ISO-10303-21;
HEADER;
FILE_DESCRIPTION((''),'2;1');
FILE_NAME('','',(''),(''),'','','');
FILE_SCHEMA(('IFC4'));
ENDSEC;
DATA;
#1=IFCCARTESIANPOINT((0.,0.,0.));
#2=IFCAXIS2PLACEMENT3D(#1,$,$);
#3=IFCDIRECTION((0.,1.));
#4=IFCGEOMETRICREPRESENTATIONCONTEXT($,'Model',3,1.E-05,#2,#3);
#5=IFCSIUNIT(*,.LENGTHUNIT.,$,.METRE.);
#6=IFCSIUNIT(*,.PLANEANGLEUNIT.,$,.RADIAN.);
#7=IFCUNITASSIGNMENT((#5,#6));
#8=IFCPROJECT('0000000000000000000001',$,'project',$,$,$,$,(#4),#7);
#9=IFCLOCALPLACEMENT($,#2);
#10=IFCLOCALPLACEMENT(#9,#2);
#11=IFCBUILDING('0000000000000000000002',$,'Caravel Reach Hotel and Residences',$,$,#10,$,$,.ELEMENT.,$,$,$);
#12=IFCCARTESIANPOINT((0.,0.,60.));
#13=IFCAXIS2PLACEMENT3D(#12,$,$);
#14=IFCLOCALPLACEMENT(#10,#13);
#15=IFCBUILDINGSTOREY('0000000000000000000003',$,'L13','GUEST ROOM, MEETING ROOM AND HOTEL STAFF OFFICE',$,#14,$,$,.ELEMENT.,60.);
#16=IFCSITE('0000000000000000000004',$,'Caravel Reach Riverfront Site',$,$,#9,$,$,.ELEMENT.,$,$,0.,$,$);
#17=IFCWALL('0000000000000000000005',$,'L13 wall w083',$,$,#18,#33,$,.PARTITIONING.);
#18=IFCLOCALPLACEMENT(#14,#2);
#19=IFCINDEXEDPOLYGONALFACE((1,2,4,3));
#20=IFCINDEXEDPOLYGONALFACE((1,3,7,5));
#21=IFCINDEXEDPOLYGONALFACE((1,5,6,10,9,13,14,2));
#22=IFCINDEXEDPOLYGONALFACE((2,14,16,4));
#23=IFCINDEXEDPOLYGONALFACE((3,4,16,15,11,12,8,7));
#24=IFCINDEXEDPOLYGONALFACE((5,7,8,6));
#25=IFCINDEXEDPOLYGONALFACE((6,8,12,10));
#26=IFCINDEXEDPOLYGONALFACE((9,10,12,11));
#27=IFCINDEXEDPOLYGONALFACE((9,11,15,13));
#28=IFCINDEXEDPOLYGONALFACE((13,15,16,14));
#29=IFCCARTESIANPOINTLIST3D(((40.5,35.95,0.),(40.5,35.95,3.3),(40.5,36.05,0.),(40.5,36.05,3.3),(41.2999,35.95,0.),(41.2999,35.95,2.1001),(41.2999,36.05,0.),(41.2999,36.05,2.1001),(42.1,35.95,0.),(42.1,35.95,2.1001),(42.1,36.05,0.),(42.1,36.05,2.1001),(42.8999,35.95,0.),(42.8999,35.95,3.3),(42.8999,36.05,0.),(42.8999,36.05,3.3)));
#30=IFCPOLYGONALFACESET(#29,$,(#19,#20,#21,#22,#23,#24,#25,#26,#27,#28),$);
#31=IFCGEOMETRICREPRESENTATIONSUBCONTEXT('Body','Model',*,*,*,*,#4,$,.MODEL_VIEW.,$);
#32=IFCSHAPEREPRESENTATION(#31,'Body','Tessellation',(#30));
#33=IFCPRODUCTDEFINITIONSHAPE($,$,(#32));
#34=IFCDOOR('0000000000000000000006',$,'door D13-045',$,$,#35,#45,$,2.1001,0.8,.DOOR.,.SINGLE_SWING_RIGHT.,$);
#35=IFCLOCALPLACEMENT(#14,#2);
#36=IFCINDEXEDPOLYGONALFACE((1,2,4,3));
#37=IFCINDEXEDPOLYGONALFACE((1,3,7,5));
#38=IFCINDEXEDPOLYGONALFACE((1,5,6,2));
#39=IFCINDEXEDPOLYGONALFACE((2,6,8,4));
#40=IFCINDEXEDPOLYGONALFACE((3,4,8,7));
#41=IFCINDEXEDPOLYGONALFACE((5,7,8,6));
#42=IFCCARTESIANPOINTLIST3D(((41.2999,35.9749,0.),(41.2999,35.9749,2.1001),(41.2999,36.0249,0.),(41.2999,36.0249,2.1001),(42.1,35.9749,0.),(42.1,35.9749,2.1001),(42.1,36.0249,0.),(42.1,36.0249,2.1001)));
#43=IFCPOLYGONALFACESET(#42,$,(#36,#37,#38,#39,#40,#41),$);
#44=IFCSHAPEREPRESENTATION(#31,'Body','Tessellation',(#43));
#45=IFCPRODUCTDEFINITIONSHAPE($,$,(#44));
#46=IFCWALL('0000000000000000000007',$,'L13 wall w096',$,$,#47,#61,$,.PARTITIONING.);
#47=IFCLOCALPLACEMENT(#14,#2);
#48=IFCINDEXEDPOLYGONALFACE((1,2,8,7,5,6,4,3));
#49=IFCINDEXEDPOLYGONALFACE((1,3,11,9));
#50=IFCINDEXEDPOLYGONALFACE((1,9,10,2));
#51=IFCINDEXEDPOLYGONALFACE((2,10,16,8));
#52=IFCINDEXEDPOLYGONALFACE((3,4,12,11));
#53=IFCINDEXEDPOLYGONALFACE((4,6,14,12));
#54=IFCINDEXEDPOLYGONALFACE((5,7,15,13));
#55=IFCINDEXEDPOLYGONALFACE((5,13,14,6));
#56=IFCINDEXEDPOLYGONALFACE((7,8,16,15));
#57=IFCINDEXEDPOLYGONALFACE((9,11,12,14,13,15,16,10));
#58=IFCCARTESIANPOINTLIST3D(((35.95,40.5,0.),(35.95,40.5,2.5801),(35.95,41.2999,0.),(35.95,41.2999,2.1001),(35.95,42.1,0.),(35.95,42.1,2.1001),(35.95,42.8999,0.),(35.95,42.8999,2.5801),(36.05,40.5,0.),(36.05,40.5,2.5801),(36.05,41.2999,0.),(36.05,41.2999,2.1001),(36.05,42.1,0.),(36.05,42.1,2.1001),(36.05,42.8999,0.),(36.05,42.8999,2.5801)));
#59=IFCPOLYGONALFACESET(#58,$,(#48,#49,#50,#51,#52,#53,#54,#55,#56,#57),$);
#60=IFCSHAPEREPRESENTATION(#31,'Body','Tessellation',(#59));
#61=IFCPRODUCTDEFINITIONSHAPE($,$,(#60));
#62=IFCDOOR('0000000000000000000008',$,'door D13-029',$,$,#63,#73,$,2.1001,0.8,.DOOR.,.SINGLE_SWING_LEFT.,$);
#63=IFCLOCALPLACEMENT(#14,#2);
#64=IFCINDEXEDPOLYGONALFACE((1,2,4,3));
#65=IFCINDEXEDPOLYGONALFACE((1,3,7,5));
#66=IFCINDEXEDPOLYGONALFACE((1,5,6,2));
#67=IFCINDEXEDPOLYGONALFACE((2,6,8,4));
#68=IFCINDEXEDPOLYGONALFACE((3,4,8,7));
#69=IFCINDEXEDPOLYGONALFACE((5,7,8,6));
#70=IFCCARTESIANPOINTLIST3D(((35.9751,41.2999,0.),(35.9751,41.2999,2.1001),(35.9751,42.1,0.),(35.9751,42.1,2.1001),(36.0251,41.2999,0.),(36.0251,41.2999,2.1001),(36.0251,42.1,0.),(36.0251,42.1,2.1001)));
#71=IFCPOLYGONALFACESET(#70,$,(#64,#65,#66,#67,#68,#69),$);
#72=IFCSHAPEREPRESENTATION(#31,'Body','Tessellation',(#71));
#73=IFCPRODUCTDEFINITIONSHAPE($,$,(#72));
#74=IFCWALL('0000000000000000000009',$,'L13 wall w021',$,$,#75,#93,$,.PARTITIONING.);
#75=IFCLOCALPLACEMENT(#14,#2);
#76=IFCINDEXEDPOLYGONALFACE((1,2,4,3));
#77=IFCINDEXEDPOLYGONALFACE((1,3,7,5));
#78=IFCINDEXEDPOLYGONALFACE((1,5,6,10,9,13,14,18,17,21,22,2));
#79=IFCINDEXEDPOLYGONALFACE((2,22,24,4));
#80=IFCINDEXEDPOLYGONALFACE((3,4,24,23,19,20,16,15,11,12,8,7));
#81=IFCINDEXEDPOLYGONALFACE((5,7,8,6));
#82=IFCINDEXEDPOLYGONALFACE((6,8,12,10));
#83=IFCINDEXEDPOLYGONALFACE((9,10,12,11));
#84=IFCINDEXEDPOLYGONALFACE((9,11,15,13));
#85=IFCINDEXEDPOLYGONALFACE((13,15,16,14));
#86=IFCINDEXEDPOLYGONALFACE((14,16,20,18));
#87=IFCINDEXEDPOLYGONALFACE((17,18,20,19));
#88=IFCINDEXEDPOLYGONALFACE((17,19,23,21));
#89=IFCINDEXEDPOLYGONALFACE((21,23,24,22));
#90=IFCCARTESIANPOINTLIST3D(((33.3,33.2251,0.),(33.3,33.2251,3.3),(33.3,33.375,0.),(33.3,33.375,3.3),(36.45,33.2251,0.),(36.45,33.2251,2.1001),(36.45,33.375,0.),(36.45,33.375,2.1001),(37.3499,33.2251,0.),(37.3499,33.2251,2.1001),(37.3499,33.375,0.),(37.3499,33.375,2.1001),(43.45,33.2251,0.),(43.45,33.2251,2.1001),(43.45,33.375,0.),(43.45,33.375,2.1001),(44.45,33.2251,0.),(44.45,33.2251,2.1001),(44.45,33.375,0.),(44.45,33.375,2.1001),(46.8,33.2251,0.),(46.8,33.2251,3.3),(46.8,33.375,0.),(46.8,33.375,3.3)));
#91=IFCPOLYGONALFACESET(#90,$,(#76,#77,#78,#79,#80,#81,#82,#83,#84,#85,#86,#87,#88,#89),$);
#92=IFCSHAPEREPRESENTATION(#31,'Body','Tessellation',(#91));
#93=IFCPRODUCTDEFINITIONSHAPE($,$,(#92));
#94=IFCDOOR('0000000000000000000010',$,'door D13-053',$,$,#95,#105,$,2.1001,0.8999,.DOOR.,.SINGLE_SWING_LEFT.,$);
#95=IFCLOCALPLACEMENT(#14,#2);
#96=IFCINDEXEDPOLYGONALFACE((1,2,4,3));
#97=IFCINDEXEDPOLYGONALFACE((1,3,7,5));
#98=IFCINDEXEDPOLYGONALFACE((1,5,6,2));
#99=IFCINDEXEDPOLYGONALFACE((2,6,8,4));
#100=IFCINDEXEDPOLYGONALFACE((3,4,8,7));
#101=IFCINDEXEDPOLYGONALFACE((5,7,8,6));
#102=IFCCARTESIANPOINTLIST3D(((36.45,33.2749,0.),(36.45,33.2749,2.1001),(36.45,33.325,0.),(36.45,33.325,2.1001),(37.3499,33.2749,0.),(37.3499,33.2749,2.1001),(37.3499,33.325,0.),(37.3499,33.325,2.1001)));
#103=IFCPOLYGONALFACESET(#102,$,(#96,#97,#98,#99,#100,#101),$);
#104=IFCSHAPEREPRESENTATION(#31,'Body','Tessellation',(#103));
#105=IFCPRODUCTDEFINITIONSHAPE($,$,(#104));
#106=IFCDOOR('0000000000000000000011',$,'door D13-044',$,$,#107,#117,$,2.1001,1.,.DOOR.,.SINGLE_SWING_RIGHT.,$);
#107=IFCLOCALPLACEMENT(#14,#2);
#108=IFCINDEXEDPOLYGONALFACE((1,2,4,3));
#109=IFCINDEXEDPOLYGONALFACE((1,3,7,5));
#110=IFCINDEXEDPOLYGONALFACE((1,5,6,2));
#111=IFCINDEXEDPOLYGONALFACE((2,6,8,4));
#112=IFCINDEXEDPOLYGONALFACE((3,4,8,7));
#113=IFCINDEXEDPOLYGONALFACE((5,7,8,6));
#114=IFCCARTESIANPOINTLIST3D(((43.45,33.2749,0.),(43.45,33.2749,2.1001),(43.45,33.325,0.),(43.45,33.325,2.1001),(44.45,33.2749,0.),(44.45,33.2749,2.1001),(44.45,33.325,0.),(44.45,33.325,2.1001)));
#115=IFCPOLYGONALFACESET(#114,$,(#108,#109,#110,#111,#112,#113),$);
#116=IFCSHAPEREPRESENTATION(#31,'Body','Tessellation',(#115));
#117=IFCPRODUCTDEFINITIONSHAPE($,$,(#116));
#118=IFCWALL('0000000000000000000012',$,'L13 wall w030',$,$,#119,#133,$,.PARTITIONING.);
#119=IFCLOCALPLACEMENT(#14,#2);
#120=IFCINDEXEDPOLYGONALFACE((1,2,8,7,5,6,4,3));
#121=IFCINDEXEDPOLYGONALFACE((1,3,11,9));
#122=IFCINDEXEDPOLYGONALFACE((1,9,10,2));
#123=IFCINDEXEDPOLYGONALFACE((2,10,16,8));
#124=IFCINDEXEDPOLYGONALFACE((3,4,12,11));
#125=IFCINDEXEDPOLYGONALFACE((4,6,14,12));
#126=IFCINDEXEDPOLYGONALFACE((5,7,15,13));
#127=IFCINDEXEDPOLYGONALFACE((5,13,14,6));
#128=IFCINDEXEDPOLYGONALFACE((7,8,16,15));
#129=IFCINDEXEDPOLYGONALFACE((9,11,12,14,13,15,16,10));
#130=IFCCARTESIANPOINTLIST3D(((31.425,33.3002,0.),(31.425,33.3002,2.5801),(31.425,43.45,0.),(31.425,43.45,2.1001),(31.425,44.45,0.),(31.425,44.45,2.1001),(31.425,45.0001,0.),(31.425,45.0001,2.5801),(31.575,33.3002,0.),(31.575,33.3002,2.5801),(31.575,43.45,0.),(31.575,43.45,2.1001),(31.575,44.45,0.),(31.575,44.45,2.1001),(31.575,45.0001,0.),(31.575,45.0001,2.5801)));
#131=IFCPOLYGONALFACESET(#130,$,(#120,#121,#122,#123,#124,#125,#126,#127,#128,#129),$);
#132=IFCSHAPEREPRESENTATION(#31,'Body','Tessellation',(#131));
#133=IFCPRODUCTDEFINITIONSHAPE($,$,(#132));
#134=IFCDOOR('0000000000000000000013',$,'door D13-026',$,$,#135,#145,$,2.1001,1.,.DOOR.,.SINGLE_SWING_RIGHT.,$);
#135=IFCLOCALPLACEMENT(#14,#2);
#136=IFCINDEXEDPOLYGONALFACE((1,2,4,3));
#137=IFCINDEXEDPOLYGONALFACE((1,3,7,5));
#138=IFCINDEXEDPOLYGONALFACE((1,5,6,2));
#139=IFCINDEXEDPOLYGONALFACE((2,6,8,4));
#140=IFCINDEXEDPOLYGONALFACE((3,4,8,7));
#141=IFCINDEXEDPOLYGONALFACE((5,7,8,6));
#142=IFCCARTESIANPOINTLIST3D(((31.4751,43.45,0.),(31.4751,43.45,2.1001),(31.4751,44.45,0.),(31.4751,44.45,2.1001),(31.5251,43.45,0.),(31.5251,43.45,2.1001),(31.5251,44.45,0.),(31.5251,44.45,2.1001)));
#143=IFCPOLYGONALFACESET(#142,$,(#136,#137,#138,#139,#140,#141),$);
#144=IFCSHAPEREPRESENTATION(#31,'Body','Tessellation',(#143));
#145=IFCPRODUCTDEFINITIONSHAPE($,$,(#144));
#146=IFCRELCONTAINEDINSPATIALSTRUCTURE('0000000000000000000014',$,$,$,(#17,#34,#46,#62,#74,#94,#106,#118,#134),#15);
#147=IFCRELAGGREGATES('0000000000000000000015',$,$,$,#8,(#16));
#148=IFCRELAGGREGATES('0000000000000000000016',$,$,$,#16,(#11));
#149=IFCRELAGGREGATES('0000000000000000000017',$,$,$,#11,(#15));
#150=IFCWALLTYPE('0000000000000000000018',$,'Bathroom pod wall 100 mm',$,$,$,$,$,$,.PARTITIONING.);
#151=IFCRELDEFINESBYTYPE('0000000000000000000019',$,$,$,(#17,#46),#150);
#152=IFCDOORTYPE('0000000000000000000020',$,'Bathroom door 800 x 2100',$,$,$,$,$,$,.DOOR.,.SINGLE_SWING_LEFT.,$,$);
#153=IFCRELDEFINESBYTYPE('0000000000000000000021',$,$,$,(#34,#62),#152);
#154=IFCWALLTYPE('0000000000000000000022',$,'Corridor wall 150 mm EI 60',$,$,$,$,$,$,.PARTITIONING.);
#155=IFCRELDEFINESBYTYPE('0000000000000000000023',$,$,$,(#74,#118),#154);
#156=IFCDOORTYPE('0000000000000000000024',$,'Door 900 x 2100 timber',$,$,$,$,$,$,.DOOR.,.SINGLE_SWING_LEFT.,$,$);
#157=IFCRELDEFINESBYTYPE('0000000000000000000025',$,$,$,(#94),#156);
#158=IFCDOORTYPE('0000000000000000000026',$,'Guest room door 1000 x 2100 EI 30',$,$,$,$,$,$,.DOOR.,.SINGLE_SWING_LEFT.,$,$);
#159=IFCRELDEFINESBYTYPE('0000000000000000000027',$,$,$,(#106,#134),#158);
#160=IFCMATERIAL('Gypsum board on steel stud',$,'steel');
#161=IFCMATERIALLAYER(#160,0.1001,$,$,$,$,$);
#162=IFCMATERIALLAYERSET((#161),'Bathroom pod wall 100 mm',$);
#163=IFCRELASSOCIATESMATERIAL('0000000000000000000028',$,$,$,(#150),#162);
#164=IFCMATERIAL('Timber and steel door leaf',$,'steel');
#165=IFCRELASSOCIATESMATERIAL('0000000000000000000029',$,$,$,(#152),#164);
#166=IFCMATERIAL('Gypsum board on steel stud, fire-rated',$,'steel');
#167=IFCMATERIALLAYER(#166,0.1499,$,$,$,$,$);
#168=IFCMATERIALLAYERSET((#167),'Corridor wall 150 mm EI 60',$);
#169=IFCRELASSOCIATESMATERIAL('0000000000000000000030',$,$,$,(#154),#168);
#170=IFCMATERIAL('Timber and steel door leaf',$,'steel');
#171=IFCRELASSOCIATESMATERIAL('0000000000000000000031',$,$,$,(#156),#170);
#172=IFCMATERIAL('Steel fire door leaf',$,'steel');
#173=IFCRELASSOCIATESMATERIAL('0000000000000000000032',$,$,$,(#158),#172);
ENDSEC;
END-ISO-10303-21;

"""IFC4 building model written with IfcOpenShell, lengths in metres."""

from ifc_helpers import new_model, si_unit, direction, frame, frame_2d, origin, place, context, subcontext, project, spatial, rectangle, extrude, material, layer, layer_set, type_object, element, fill, save


model = new_model("IFC4")

# Units and contexts
model_context = context("Model", 3, precision=1e-05, world=origin(), true_north=direction((0.0, 1.0)))
body_context = subcontext(model_context, "Body", "Model", "MODEL_VIEW")
ifc_project = project(units=[si_unit("LENGTHUNIT", "METRE"), si_unit("PLANEANGLEUNIT", "RADIAN")], contexts=[model_context])

# Site, building, storey
site_placement = place(None, origin())
site = spatial("IfcSite", under=ifc_project, at=site_placement, Name="Caravel Reach Riverfront Site", CompositionType="ELEMENT", RefElevation=0.0)
building_placement = place(site_placement, origin())
building = spatial("IfcBuilding", under=site, at=building_placement, Name="Caravel Reach Hotel and Residences", CompositionType="ELEMENT")
storey_placement = place(building_placement, frame((0.0, 0.0, 60.0)))
storey = spatial("IfcBuildingStorey", under=building, at=storey_placement, Name="L13", Description="GUEST ROOM, MEETING ROOM AND HOTEL STAFF OFFICE", CompositionType="ELEMENT", Elevation=60.0)

# Walls, openings, doors
ifc_material_1 = material(Name="Gypsum board on steel stud", Category="steel")
ifc_layer_1 = layer(ifc_material_1, 0.1001)
ifc_layer_set_1 = layer_set([ifc_layer_1], Name="Bathroom pod wall 100 mm")
wall_type_1 = type_object("IfcWallType", Name="Bathroom pod wall 100 mm", PredefinedType="PARTITIONING", material=ifc_layer_set_1)
wall_1_placement = place(storey_placement, frame((40.5, 36.0, 0.0), z_axis=(0.0, 0.0, 1.0), x_axis=(1.0, 0.0, 0.0)))
wall_1 = element("IfcWall", 1, at=wall_1_placement, inside=storey, type_object=wall_type_1, Name="L13 wall w083", PredefinedType="PARTITIONING", context=body_context, shape_type="SweptSolid", body=[
    extrude(rectangle(XDim=2.3999, YDim=0.1001, at=frame_2d((1.2, 0.0))), origin(), (0.0, 0.0, 1.0), 3.3),
])
opening_1_placement = place(wall_1_placement, frame((0.8, 0.0, 0.0)))
opening_1 = element("IfcOpeningElement", 2, at=opening_1_placement, cuts=wall_1, PredefinedType="OPENING", context=body_context, shape_type="SweptSolid", body=[
    extrude(rectangle(XDim=0.8, YDim=2.1001, at=frame_2d((0.3999, 1.05))), frame((0.0, 0.0601, 0.0), z_axis=(0.0, -1.0, 0.0), x_axis=(1.0, 0.0, 0.0)), (0.0, 0.0, 1.0), 0.1201),
])
ifc_material_2 = material(Name="Timber and steel door leaf", Category="steel")
door_type_1 = type_object("IfcDoorType", Name="Bathroom door 800 x 2100", OperationType="SINGLE_SWING_LEFT", PredefinedType="DOOR", material=ifc_material_2)
door_1_placement = place(opening_1_placement, origin())
door_1 = element("IfcDoor", 3, at=door_1_placement, inside=storey, type_object=door_type_1, Name="door D13-045", OperationType="SINGLE_SWING_RIGHT", OverallHeight=2.1001, OverallWidth=0.8, PredefinedType="DOOR", context=body_context, shape_type="SweptSolid", body=[
    extrude(rectangle(XDim=0.8, YDim=2.1001, at=frame_2d((0.3999, 1.05))), frame((0.0, 0.0249, 0.0), z_axis=(0.0, -1.0, 0.0), x_axis=(1.0, 0.0, 0.0)), (0.0, 0.0, 1.0), 0.05),
])
fill(opening_1, door_1)
wall_2_placement = place(storey_placement, frame((36.0, 40.5, 0.0), z_axis=(0.0, 0.0, 1.0), x_axis=(0.0, 1.0, 0.0)))
wall_2 = element("IfcWall", 4, at=wall_2_placement, inside=storey, type_object=wall_type_1, Name="L13 wall w096", PredefinedType="PARTITIONING", context=body_context, shape_type="SweptSolid", body=[
    extrude(rectangle(XDim=2.3999, YDim=0.1001, at=frame_2d((1.2, 0.0))), origin(), (0.0, 0.0, 1.0), 2.5801),
])
opening_2_placement = place(wall_2_placement, frame((0.8, 0.0, 0.0)))
opening_2 = element("IfcOpeningElement", 5, at=opening_2_placement, cuts=wall_2, PredefinedType="OPENING", context=body_context, shape_type="SweptSolid", body=[
    extrude(rectangle(XDim=0.8, YDim=2.1001, at=frame_2d((0.3999, 1.05))), frame((0.0, 0.0601, 0.0), z_axis=(0.0, -1.0, 0.0), x_axis=(1.0, 0.0, 0.0)), (0.0, 0.0, 1.0), 0.1201),
])
door_2_placement = place(opening_2_placement, origin())
door_2 = element("IfcDoor", 6, at=door_2_placement, inside=storey, type_object=door_type_1, Name="door D13-029", OperationType="SINGLE_SWING_LEFT", OverallHeight=2.1001, OverallWidth=0.8, PredefinedType="DOOR", context=body_context, shape_type="SweptSolid", body=[
    extrude(rectangle(XDim=0.8, YDim=2.1001, at=frame_2d((0.3999, 1.05))), frame((0.0, 0.0249, 0.0), z_axis=(0.0, -1.0, 0.0), x_axis=(1.0, 0.0, 0.0)), (0.0, 0.0, 1.0), 0.05),
])
fill(opening_2, door_2)

# Wall, openings, doors
ifc_material_3 = material(Name="Gypsum board on steel stud, fire-rated", Category="steel")
ifc_layer_2 = layer(ifc_material_3, 0.1499)
ifc_layer_set_2 = layer_set([ifc_layer_2], Name="Corridor wall 150 mm EI 60")
wall_type_2 = type_object("IfcWallType", Name="Corridor wall 150 mm EI 60", PredefinedType="PARTITIONING", material=ifc_layer_set_2)
wall_3_placement = place(storey_placement, frame((33.3, 33.3, 0.0), z_axis=(0.0, 0.0, 1.0), x_axis=(1.0, 0.0, 0.0)))
wall_3 = element("IfcWall", 7, at=wall_3_placement, inside=storey, type_object=wall_type_2, Name="L13 wall w021", PredefinedType="PARTITIONING", context=body_context, shape_type="SweptSolid", body=[
    extrude(rectangle(XDim=13.5, YDim=0.1499, at=frame_2d((6.75, 0.0))), origin(), (0.0, 0.0, 1.0), 3.3),
])
opening_3_placement = place(wall_3_placement, frame((10.1499, 0.0, 0.0)))
opening_3 = element("IfcOpeningElement", 8, at=opening_3_placement, cuts=wall_3, PredefinedType="OPENING", context=body_context, shape_type="SweptSolid", body=[
    extrude(rectangle(XDim=1.0, YDim=2.1001, at=frame_2d((0.5, 1.05))), frame((0.0, 0.085, 0.0), z_axis=(0.0, -1.0, 0.0), x_axis=(1.0, 0.0, 0.0)), (0.0, 0.0, 1.0), 0.1699),
])
opening_4_placement = place(wall_3_placement, frame((3.1499, 0.0, 0.0)))
opening_4 = element("IfcOpeningElement", 9, at=opening_4_placement, cuts=wall_3, PredefinedType="OPENING", context=body_context, shape_type="SweptSolid", body=[
    extrude(rectangle(XDim=0.8999, YDim=2.1001, at=frame_2d((0.45, 1.05))), frame((0.0, 0.085, 0.0), z_axis=(0.0, -1.0, 0.0), x_axis=(1.0, 0.0, 0.0)), (0.0, 0.0, 1.0), 0.1699),
])
ifc_material_4 = material(Name="Timber and steel door leaf", Category="steel")
door_type_2 = type_object("IfcDoorType", Name="Door 900 x 2100 timber", OperationType="SINGLE_SWING_LEFT", PredefinedType="DOOR", material=ifc_material_4)
door_3_placement = place(opening_4_placement, origin())
door_3 = element("IfcDoor", 10, at=door_3_placement, inside=storey, type_object=door_type_2, Name="door D13-053", OperationType="SINGLE_SWING_LEFT", OverallHeight=2.1001, OverallWidth=0.8999, PredefinedType="DOOR", context=body_context, shape_type="SweptSolid", body=[
    extrude(rectangle(XDim=0.8999, YDim=2.1001, at=frame_2d((0.45, 1.05))), frame((0.0, 0.0249, 0.0), z_axis=(0.0, -1.0, 0.0), x_axis=(1.0, 0.0, 0.0)), (0.0, 0.0, 1.0), 0.05),
])
fill(opening_4, door_3)
ifc_material_5 = material(Name="Steel fire door leaf", Category="steel")
door_type_3 = type_object("IfcDoorType", Name="Guest room door 1000 x 2100 EI 30", OperationType="SINGLE_SWING_LEFT", PredefinedType="DOOR", material=ifc_material_5)
door_4_placement = place(opening_3_placement, origin())
door_4 = element("IfcDoor", 11, at=door_4_placement, inside=storey, type_object=door_type_3, Name="door D13-044", OperationType="SINGLE_SWING_RIGHT", OverallHeight=2.1001, OverallWidth=1.0, PredefinedType="DOOR", context=body_context, shape_type="SweptSolid", body=[
    extrude(rectangle(XDim=1.0, YDim=2.1001, at=frame_2d((0.5, 1.05))), frame((0.0, 0.0249, 0.0), z_axis=(0.0, -1.0, 0.0), x_axis=(1.0, 0.0, 0.0)), (0.0, 0.0, 1.0), 0.05),
])
fill(opening_3, door_4)

# Wall, opening, door
wall_4_placement = place(storey_placement, frame((31.5, 33.3, 0.0), z_axis=(0.0, 0.0, 1.0), x_axis=(0.0, 1.0, 0.0)))
wall_4 = element("IfcWall", 12, at=wall_4_placement, inside=storey, type_object=wall_type_2, Name="L13 wall w030", PredefinedType="PARTITIONING", context=body_context, shape_type="SweptSolid", body=[
    extrude(rectangle(XDim=11.7, YDim=0.1499, at=frame_2d((5.8501, 0.0))), origin(), (0.0, 0.0, 1.0), 2.5801),
])
opening_5_placement = place(wall_4_placement, frame((10.1499, 0.0, 0.0)))
opening_5 = element("IfcOpeningElement", 13, at=opening_5_placement, cuts=wall_4, PredefinedType="OPENING", context=body_context, shape_type="SweptSolid", body=[
    extrude(rectangle(XDim=1.0, YDim=2.1001, at=frame_2d((0.5, 1.05))), frame((0.0, 0.085, 0.0), z_axis=(0.0, -1.0, 0.0), x_axis=(1.0, 0.0, 0.0)), (0.0, 0.0, 1.0), 0.1699),
])
door_5_placement = place(opening_5_placement, origin())
door_5 = element("IfcDoor", 14, at=door_5_placement, inside=storey, type_object=door_type_3, Name="door D13-026", OperationType="SINGLE_SWING_RIGHT", OverallHeight=2.1001, OverallWidth=1.0, PredefinedType="DOOR", context=body_context, shape_type="SweptSolid", body=[
    extrude(rectangle(XDim=1.0, YDim=2.1001, at=frame_2d((0.5, 1.05))), frame((0.0, 0.0249, 0.0), z_axis=(0.0, -1.0, 0.0), x_axis=(1.0, 0.0, 0.0)), (0.0, 0.0, 1.0), 0.05),
])
fill(opening_5, door_5)

save(model, "model.ifc")
